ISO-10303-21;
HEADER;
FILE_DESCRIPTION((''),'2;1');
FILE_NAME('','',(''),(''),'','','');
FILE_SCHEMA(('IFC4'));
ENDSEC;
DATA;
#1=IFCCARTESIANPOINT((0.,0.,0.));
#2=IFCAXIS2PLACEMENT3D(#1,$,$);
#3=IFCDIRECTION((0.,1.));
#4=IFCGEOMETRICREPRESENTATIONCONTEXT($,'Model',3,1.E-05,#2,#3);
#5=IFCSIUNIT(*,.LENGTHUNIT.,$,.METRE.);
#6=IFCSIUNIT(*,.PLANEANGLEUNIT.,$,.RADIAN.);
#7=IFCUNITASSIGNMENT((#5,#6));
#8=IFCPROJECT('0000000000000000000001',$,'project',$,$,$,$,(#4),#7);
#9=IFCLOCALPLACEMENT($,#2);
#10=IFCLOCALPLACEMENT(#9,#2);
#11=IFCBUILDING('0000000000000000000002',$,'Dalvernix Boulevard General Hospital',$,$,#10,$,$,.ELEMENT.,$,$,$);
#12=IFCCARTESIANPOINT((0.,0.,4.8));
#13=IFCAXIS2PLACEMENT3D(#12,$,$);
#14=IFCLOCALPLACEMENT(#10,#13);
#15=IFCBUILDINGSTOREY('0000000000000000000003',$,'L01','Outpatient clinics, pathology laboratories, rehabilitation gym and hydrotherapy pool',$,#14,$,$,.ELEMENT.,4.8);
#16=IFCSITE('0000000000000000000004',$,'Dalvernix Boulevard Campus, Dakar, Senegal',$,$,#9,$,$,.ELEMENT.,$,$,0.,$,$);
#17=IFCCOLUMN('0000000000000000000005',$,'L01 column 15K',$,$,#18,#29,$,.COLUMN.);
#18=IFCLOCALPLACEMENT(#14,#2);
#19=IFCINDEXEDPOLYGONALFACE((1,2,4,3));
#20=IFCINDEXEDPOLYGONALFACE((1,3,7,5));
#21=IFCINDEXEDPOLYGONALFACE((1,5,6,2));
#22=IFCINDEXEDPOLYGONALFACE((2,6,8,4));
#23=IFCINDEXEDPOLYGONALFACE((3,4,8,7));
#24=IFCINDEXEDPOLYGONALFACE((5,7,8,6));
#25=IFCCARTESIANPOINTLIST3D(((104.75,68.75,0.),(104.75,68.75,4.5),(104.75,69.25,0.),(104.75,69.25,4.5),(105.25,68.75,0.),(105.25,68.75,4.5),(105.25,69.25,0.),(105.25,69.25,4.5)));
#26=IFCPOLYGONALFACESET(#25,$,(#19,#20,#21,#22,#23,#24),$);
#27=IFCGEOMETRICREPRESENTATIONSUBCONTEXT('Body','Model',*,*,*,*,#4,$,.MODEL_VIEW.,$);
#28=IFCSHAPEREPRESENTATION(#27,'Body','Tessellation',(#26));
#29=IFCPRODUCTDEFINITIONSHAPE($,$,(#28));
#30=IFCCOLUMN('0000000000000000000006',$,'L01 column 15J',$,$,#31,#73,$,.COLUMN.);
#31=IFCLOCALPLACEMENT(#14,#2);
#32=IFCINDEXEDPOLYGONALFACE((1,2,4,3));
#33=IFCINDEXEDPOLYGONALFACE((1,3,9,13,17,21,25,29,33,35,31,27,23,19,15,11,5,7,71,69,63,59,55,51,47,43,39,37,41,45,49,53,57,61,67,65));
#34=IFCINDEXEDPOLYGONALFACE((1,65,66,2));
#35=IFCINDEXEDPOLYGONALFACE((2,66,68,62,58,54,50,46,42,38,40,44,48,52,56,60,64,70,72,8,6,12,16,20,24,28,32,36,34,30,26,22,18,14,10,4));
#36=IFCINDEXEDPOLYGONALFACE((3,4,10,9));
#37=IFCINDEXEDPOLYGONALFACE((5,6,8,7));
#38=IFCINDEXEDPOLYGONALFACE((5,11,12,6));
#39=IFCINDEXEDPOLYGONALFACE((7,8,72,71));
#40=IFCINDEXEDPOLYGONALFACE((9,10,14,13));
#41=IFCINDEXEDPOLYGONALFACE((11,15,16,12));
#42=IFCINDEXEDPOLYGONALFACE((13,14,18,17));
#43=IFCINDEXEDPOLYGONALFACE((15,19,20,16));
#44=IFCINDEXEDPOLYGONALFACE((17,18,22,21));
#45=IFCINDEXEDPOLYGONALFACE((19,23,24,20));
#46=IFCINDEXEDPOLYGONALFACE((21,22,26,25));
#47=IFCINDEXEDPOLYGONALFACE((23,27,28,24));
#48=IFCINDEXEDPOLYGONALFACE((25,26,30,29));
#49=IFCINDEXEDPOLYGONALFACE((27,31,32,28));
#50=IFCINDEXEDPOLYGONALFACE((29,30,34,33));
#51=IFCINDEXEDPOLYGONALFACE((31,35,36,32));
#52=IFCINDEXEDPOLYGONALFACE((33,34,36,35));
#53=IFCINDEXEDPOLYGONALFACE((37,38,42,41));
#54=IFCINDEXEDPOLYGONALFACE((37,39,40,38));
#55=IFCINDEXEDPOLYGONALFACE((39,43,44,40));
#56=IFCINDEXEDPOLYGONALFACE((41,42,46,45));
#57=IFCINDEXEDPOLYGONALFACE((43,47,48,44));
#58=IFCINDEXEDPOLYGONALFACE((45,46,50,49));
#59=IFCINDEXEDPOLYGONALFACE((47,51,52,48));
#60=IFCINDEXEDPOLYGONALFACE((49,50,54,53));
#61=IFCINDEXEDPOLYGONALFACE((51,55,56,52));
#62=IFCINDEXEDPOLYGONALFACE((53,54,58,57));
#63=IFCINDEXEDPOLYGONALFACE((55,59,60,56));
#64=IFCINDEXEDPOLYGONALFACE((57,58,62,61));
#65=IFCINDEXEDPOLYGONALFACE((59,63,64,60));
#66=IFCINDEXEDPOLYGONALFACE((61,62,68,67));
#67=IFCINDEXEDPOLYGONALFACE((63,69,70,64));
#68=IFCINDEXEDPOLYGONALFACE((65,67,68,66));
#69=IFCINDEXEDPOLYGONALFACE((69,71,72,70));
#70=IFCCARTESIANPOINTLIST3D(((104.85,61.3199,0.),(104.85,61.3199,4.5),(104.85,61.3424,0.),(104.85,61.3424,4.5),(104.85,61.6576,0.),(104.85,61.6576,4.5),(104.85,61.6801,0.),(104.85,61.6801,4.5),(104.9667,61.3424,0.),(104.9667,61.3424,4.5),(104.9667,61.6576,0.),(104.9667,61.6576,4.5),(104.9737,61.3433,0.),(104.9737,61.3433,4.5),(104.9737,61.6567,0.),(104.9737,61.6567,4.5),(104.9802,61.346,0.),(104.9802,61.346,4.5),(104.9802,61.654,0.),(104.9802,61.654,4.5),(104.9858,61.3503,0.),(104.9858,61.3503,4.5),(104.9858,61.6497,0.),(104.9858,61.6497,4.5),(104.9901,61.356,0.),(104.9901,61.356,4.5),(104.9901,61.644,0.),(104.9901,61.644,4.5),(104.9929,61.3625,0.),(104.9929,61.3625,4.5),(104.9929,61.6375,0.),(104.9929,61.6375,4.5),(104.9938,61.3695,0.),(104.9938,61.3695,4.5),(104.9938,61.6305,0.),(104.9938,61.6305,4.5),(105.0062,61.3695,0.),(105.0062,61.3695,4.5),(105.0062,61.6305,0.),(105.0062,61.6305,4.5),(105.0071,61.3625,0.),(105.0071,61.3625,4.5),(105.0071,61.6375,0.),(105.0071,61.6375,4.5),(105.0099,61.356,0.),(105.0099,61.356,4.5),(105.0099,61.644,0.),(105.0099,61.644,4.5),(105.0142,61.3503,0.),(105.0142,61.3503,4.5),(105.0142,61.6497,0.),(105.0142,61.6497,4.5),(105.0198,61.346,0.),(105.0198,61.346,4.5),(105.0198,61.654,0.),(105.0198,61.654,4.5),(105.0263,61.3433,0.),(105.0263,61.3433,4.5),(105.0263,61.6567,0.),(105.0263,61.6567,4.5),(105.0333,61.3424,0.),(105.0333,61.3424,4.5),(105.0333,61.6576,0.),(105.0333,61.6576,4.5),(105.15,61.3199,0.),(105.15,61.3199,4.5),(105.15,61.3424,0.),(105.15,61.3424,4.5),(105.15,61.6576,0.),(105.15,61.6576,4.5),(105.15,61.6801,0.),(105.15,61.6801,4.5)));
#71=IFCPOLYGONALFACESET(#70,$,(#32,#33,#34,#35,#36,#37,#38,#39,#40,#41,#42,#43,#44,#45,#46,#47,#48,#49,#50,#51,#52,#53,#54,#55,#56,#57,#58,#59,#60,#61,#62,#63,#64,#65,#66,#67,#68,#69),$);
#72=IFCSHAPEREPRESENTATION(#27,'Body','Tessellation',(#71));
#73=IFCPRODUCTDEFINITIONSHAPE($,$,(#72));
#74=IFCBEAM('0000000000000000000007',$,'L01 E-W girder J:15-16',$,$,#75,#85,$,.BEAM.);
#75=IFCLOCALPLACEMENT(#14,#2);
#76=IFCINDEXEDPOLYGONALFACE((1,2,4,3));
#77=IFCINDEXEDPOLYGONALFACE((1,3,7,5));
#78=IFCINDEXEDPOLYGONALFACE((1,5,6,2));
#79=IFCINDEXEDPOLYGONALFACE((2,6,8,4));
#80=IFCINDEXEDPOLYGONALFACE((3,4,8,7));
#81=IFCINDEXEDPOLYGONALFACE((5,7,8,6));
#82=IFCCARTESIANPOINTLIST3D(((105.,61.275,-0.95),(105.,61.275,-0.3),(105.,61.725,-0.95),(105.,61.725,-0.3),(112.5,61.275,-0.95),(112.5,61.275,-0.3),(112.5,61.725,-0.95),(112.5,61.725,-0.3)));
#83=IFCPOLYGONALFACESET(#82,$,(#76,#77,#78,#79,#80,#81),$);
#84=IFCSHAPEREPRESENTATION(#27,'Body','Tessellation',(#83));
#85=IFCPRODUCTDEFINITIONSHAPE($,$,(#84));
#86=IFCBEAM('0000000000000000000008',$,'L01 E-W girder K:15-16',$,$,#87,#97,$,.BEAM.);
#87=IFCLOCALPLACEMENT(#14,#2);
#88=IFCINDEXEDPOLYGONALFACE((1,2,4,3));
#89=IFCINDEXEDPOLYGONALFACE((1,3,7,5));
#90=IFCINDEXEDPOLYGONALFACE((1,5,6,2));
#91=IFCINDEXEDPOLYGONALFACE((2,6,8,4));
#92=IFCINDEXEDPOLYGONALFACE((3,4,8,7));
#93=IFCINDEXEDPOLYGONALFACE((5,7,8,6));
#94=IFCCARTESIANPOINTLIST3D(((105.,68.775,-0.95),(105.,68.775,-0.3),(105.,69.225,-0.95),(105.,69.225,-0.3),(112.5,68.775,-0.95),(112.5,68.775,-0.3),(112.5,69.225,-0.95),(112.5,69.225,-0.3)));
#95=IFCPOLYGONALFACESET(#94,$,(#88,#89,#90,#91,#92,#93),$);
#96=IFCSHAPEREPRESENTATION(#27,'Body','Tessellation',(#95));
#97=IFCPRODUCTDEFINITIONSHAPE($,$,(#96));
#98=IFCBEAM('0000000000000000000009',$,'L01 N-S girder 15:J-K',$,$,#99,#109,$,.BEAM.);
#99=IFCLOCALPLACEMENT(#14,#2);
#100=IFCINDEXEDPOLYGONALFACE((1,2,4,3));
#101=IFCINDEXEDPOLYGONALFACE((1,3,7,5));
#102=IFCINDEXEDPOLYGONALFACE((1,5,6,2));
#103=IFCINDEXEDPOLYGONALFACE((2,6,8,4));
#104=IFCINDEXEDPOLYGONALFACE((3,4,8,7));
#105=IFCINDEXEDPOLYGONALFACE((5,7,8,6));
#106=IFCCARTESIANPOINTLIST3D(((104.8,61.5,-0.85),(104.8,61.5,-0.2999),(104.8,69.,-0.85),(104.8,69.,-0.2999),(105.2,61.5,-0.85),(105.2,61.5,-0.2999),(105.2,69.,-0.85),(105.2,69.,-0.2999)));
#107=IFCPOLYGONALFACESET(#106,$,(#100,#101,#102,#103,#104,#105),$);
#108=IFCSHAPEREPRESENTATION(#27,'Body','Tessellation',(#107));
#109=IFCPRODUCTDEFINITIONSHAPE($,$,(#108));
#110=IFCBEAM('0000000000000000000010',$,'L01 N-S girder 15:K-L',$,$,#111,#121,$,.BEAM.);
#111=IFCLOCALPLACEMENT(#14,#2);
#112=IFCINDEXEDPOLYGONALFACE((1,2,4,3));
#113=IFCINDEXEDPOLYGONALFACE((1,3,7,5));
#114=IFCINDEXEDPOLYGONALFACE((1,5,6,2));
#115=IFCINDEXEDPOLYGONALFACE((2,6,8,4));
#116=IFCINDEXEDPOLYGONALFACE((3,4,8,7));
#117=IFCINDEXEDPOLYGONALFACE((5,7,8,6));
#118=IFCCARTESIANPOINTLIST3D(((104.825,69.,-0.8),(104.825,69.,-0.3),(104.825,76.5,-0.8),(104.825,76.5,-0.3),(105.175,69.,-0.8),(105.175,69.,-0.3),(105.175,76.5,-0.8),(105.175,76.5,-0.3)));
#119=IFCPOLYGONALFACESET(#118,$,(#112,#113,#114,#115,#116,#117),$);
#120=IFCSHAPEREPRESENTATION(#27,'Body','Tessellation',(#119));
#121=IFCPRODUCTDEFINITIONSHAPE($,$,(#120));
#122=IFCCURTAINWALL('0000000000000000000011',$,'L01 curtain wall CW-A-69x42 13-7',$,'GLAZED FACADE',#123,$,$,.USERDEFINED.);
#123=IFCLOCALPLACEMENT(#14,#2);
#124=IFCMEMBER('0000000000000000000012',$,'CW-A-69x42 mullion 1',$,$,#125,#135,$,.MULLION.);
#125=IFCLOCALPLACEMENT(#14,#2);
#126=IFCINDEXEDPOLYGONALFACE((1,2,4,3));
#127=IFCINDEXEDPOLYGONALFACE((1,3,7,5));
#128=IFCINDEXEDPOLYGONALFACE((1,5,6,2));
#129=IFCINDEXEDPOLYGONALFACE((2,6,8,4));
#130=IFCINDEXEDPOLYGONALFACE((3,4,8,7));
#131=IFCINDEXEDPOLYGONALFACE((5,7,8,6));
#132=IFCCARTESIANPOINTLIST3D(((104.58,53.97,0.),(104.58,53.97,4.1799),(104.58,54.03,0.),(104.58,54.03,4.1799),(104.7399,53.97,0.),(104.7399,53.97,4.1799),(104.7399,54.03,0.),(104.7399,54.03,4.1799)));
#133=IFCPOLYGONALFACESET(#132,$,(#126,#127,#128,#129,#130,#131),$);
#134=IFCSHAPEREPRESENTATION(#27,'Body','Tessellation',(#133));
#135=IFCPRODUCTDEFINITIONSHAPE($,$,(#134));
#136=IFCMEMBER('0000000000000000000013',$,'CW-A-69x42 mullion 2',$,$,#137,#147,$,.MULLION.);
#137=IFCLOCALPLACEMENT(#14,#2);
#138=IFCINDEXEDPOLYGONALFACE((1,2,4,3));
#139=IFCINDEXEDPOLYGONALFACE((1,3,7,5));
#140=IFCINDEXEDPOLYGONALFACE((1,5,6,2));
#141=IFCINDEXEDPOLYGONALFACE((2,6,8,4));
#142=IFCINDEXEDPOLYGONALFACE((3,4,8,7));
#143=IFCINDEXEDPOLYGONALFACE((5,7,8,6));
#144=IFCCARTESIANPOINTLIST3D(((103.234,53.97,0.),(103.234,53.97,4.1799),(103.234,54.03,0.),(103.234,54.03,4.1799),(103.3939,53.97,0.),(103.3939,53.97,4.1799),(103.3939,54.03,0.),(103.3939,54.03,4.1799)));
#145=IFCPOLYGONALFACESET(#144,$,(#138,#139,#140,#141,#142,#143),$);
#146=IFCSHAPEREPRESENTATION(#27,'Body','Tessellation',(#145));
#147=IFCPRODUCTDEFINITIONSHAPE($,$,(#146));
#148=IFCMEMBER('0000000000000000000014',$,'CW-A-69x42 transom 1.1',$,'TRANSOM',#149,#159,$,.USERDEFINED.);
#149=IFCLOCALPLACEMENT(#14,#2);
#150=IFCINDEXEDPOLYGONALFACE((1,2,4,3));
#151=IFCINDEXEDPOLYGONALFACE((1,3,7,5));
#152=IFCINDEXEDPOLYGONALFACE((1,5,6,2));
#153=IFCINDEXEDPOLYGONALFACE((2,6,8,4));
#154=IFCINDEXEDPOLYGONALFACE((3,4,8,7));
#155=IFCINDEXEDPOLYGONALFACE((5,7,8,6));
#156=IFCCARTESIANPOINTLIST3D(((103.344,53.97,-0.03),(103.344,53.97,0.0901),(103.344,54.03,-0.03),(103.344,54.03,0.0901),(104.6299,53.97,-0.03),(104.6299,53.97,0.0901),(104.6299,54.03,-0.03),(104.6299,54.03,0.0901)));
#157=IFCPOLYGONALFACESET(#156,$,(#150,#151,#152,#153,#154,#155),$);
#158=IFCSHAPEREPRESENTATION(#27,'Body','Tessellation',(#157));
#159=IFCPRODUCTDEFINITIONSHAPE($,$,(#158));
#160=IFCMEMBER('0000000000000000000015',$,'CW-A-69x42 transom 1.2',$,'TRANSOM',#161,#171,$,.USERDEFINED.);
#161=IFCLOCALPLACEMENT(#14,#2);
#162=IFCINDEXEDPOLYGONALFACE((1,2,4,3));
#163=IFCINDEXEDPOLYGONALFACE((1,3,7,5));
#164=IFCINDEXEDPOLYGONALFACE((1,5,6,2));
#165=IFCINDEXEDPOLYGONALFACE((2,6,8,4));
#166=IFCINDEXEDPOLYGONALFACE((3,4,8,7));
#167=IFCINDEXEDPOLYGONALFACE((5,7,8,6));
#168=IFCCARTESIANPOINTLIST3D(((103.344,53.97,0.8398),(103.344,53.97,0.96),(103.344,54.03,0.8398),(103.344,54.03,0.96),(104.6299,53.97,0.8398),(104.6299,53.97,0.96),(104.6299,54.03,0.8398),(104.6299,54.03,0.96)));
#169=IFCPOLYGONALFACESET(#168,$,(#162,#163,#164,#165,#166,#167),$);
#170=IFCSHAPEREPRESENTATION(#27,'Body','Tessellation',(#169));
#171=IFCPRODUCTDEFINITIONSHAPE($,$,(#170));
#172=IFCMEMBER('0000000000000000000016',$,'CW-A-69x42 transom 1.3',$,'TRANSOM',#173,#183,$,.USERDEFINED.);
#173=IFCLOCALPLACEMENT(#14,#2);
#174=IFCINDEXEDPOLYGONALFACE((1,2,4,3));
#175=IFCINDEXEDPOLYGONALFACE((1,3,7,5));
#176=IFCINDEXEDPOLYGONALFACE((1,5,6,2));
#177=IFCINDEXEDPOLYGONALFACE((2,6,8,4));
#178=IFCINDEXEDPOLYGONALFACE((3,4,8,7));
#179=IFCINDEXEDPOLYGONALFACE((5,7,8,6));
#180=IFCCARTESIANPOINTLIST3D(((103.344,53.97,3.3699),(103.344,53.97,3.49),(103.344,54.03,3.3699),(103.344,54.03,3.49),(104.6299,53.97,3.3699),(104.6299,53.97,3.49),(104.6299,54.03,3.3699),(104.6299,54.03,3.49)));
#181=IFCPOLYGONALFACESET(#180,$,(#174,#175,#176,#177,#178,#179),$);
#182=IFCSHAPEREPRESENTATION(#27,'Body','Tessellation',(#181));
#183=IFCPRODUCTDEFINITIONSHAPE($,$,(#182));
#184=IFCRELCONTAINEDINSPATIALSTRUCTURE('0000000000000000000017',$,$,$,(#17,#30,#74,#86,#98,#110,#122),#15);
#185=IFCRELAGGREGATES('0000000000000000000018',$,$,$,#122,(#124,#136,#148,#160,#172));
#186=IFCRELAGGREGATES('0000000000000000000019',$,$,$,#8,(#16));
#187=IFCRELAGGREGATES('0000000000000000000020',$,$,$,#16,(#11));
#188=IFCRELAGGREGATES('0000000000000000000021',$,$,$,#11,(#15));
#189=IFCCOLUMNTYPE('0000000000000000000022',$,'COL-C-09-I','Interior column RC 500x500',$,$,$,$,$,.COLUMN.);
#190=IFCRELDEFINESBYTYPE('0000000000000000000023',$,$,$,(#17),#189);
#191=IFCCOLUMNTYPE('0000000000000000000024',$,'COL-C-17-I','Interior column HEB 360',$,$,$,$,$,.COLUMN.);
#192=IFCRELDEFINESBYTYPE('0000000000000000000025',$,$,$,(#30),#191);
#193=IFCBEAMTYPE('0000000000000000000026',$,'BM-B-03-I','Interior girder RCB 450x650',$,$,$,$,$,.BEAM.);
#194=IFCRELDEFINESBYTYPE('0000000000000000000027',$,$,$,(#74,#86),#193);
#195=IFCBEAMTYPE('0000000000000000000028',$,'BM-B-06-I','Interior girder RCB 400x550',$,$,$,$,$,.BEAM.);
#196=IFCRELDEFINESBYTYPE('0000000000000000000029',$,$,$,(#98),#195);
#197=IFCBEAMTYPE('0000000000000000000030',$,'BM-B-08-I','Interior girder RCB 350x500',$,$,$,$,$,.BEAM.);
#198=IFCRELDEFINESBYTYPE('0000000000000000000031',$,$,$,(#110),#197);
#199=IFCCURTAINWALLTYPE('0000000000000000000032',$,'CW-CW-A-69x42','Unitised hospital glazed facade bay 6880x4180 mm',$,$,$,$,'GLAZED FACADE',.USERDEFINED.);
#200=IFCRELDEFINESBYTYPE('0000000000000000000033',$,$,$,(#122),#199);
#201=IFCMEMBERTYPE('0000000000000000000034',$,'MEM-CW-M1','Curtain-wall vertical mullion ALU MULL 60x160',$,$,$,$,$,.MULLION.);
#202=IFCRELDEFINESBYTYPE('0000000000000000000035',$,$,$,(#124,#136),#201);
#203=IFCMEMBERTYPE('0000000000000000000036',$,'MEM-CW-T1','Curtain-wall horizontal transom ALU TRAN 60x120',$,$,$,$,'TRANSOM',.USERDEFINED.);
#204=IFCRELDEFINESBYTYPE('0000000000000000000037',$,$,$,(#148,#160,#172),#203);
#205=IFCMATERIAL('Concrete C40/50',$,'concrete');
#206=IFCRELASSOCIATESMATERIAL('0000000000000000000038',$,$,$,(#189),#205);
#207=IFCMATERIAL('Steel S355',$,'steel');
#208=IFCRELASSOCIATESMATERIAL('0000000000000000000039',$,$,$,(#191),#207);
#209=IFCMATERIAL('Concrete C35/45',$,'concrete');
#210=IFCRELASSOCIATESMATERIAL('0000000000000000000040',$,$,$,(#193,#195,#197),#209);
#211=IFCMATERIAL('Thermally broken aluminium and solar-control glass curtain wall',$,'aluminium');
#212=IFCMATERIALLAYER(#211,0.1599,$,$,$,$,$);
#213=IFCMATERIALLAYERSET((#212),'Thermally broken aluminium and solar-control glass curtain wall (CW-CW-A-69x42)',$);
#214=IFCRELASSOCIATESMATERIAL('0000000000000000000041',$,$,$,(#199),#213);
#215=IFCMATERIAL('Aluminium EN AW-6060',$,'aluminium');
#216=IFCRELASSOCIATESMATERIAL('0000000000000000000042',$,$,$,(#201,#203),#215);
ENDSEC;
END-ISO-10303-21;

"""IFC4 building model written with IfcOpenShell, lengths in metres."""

from ifc_helpers import new_model, si_unit, direction, frame, origin, origin_2d, place, context, subcontext, project, spatial, rectangle, i_section, extrude, material, layer, layer_set, material_profile, profile_set, type_object, element, aggregate, save


model = new_model("IFC4")

# Units and contexts
model_context = context("Model", 3, precision=1e-05, world=origin(), true_north=direction((0.0, 1.0)))
body_context = subcontext(model_context, "Body", "Model", "MODEL_VIEW")
ifc_project = project(units=[si_unit("LENGTHUNIT", "METRE"), si_unit("PLANEANGLEUNIT", "RADIAN")], contexts=[model_context])

# Site, building, storey
site_placement = place(None, origin())
site = spatial("IfcSite", under=ifc_project, at=site_placement, Name="Dalvernix Boulevard Campus, Dakar, Senegal", CompositionType="ELEMENT", RefElevation=0.0)
building_placement = place(site_placement, origin())
building = spatial("IfcBuilding", under=site, at=building_placement, Name="Dalvernix Boulevard General Hospital", CompositionType="ELEMENT")
storey_placement = place(building_placement, frame((0.0, 0.0, 4.8)))
storey = spatial("IfcBuildingStorey", under=building, at=storey_placement, Name="L01", Description="Outpatient clinics, pathology laboratories, rehabilitation gym and hydrotherapy pool", CompositionType="ELEMENT", Elevation=4.8)

# Columns
ifc_material_1 = material(Name="Concrete C40/50", Category="concrete")
ifc_material_profile_1 = material_profile(ifc_material_1, rectangle(XDim=0.5, YDim=0.5, at=origin_2d()), Name="RC 500x500")
ifc_profile_set_1 = profile_set([ifc_material_profile_1], Name="Concrete C40/50")
column_type_1 = type_object("IfcColumnType", Name="COL-C-09-I", Description="Interior column RC 500x500", PredefinedType="COLUMN", material=ifc_profile_set_1)
column_1_placement = place(storey_placement, frame((105.0, 69.0, 0.0), z_axis=(0.0, 0.0, 1.0), x_axis=(1.0, 0.0, 0.0)))
element("IfcColumn", 1, at=column_1_placement, inside=storey, type_object=column_type_1, Name="L01 column 15K", PredefinedType="COLUMN", context=body_context, shape_type="SweptSolid", body=[
    extrude(rectangle(XDim=0.5, YDim=0.5, at=origin_2d()), origin(), (0.0, 0.0, 1.0), 4.5),
])
ifc_material_2 = material(Name="Steel S355", Category="steel")
ifc_material_profile_2 = material_profile(ifc_material_2, i_section(OverallWidth=0.3, OverallDepth=0.3601, WebThickness=0.0125, FlangeThickness=0.0225, FilletRadius=0.0271, at=origin_2d()), Name="HEB 360")
ifc_profile_set_2 = profile_set([ifc_material_profile_2], Name="Steel S355")
column_type_2 = type_object("IfcColumnType", Name="COL-C-17-I", Description="Interior column HEB 360", PredefinedType="COLUMN", material=ifc_profile_set_2)
column_2_placement = place(storey_placement, frame((105.0, 61.5, 0.0), z_axis=(0.0, 0.0, 1.0), x_axis=(1.0, 0.0, 0.0)))
element("IfcColumn", 2, at=column_2_placement, inside=storey, type_object=column_type_2, Name="L01 column 15J", PredefinedType="COLUMN", context=body_context, shape_type="SweptSolid", body=[
    extrude(i_section(OverallWidth=0.3, OverallDepth=0.3601, WebThickness=0.0125, FlangeThickness=0.0225, FilletRadius=0.0271, at=origin_2d()), origin(), (0.0, 0.0, 1.0), 4.5),
])

# Beams
ifc_material_3 = material(Name="Concrete C35/45", Category="concrete")
ifc_material_profile_3 = material_profile(ifc_material_3, rectangle(XDim=0.45, YDim=0.6499, at=origin_2d()), Name="RCB 450x650")
ifc_profile_set_3 = profile_set([ifc_material_profile_3], Name="Concrete C35/45")
beam_type_1 = type_object("IfcBeamType", Name="BM-B-03-I", Description="Interior girder RCB 450x650", PredefinedType="BEAM", material=ifc_profile_set_3)
for number, where, z_axis, x_axis, name in (
    (3, (105.0, 61.5, -0.625), (1.0, 0.0, 0.0), (0.0, 1.0, 0.0), "L01 E-W girder J:15-16"),
    (4, (105.0, 69.0, -0.625), (1.0, 0.0, 0.0), (0.0, 1.0, 0.0), "L01 E-W girder K:15-16"),
):
    element("IfcBeam", number, at=place(storey_placement, frame(where, z_axis=z_axis, x_axis=x_axis)), inside=storey, type_object=beam_type_1, Name=name, PredefinedType="BEAM", context=body_context, shape_type="SweptSolid", body=[
        extrude(rectangle(XDim=0.45, YDim=0.6499, at=origin_2d()), origin(), (0.0, 0.0, 1.0), 7.5),
    ])
ifc_material_profile_4 = material_profile(ifc_material_3, rectangle(XDim=0.3999, YDim=0.55, at=origin_2d()), Name="RCB 400x550")
ifc_profile_set_4 = profile_set([ifc_material_profile_4], Name="Concrete C35/45")
beam_type_2 = type_object("IfcBeamType", Name="BM-B-06-I", Description="Interior girder RCB 400x550", PredefinedType="BEAM", material=ifc_profile_set_4)
beam_1_placement = place(storey_placement, frame((105.0, 61.5, -0.575), z_axis=(0.0, 1.0, 0.0), x_axis=(-1.0, 0.0, 0.0)))
element("IfcBeam", 5, at=beam_1_placement, inside=storey, type_object=beam_type_2, Name="L01 N-S girder 15:J-K", PredefinedType="BEAM", context=body_context, shape_type="SweptSolid", body=[
    extrude(rectangle(XDim=0.3999, YDim=0.55, at=origin_2d()), origin(), (0.0, 0.0, 1.0), 7.5),
])
ifc_material_profile_5 = material_profile(ifc_material_3, rectangle(XDim=0.3501, YDim=0.5, at=origin_2d()), Name="RCB 350x500")
ifc_profile_set_5 = profile_set([ifc_material_profile_5], Name="Concrete C35/45")
beam_type_3 = type_object("IfcBeamType", Name="BM-B-08-I", Description="Interior girder RCB 350x500", PredefinedType="BEAM", material=ifc_profile_set_5)
beam_2_placement = place(storey_placement, frame((105.0, 69.0, -0.55), z_axis=(0.0, 1.0, 0.0), x_axis=(-1.0, 0.0, 0.0)))
element("IfcBeam", 6, at=beam_2_placement, inside=storey, type_object=beam_type_3, Name="L01 N-S girder 15:K-L", PredefinedType="BEAM", context=body_context, shape_type="SweptSolid", body=[
    extrude(rectangle(XDim=0.3501, YDim=0.5, at=origin_2d()), origin(), (0.0, 0.0, 1.0), 7.5),
])

# Curtain wall, members
ifc_material_4 = material(Name="Thermally broken aluminium and solar-control glass curtain wall", Category="aluminium")
ifc_layer_1 = layer(ifc_material_4, 0.1599)
ifc_layer_set_1 = layer_set([ifc_layer_1], Name="Thermally broken aluminium and solar-control glass curtain wall (CW-CW-A-69x42)")
curtain_wall_type = type_object("IfcCurtainWallType", Name="CW-CW-A-69x42", Description="Unitised hospital glazed facade bay 6880x4180 mm", ElementType="GLAZED FACADE", PredefinedType="USERDEFINED", material=ifc_layer_set_1)
curtain_wall_placement = place(storey_placement, origin())
curtain_wall = element("IfcCurtainWall", 7, at=curtain_wall_placement, inside=storey, type_object=curtain_wall_type, Name="L01 curtain wall CW-A-69x42 13-7", ObjectType="GLAZED FACADE", PredefinedType="USERDEFINED")
ifc_material_5 = material(Name="Aluminium EN AW-6060", Category="aluminium")
ifc_material_profile_6 = material_profile(ifc_material_5, rectangle(XDim=0.0601, YDim=0.1599, at=origin_2d()), Name="ALU MULL 60x160")
ifc_profile_set_6 = profile_set([ifc_material_profile_6], Name="Aluminium EN AW-6060")
member_type_1 = type_object("IfcMemberType", Name="MEM-CW-M1", Description="Curtain-wall vertical mullion ALU MULL 60x160", PredefinedType="MULLION", material=ifc_profile_set_6)
member_1_placement = place(storey_placement, frame((104.6599, 54.0, 0.0), z_axis=(0.0, 0.0, 1.0), x_axis=(0.0, -1.0, 0.0)))
member_1 = element("IfcMember", 8, at=member_1_placement, type_object=member_type_1, Name="CW-A-69x42 mullion 1", PredefinedType="MULLION", context=body_context, shape_type="SweptSolid", body=[
    extrude(rectangle(XDim=0.0601, YDim=0.1599, at=origin_2d()), origin(), (0.0, 0.0, 1.0), 4.1799),
])
member_2_placement = place(storey_placement, frame((103.314, 54.0, 0.0), z_axis=(0.0, 0.0, 1.0), x_axis=(0.0, -1.0, 0.0)))
member_2 = element("IfcMember", 9, at=member_2_placement, type_object=member_type_1, Name="CW-A-69x42 mullion 2", PredefinedType="MULLION", context=body_context, shape_type="SweptSolid", body=[
    extrude(rectangle(XDim=0.0601, YDim=0.1599, at=origin_2d()), origin(), (0.0, 0.0, 1.0), 4.1799),
])
ifc_material_profile_7 = material_profile(ifc_material_5, rectangle(XDim=0.0601, YDim=0.1201, at=origin_2d()), Name="ALU TRAN 60x120")
ifc_profile_set_7 = profile_set([ifc_material_profile_7], Name="Aluminium EN AW-6060")
member_type_2 = type_object("IfcMemberType", Name="MEM-CW-T1", Description="Curtain-wall horizontal transom ALU TRAN 60x120", ElementType="TRANSOM", PredefinedType="USERDEFINED", material=ifc_profile_set_7)
member_3_placement = place(storey_placement, frame((104.6299, 54.0, 0.03), z_axis=(-1.0, 0.0, 0.0), x_axis=(0.0, -1.0, 0.0)))
member_3 = element("IfcMember", 10, at=member_3_placement, type_object=member_type_2, Name="CW-A-69x42 transom 1.1", ObjectType="TRANSOM", PredefinedType="USERDEFINED", context=body_context, shape_type="SweptSolid", body=[
    extrude(rectangle(XDim=0.0601, YDim=0.1201, at=origin_2d()), origin(), (0.0, 0.0, 1.0), 1.2859),
])
member_4_placement = place(storey_placement, frame((104.6299, 54.0, 0.8999), z_axis=(-1.0, 0.0, 0.0), x_axis=(0.0, -1.0, 0.0)))
member_4 = element("IfcMember", 11, at=member_4_placement, type_object=member_type_2, Name="CW-A-69x42 transom 1.2", ObjectType="TRANSOM", PredefinedType="USERDEFINED", context=body_context, shape_type="SweptSolid", body=[
    extrude(rectangle(XDim=0.0601, YDim=0.1201, at=origin_2d()), origin(), (0.0, 0.0, 1.0), 1.2859),
])
member_5_placement = place(storey_placement, frame((104.6299, 54.0, 3.4299), z_axis=(-1.0, 0.0, 0.0), x_axis=(0.0, -1.0, 0.0)))
member_5 = element("IfcMember", 12, at=member_5_placement, type_object=member_type_2, Name="CW-A-69x42 transom 1.3", ObjectType="TRANSOM", PredefinedType="USERDEFINED", context=body_context, shape_type="SweptSolid", body=[
    extrude(rectangle(XDim=0.0601, YDim=0.1201, at=origin_2d()), origin(), (0.0, 0.0, 1.0), 1.2859),
])
aggregate(curtain_wall, [member_1, member_2, member_3, member_4, member_5])

save(model, "model.ifc")
